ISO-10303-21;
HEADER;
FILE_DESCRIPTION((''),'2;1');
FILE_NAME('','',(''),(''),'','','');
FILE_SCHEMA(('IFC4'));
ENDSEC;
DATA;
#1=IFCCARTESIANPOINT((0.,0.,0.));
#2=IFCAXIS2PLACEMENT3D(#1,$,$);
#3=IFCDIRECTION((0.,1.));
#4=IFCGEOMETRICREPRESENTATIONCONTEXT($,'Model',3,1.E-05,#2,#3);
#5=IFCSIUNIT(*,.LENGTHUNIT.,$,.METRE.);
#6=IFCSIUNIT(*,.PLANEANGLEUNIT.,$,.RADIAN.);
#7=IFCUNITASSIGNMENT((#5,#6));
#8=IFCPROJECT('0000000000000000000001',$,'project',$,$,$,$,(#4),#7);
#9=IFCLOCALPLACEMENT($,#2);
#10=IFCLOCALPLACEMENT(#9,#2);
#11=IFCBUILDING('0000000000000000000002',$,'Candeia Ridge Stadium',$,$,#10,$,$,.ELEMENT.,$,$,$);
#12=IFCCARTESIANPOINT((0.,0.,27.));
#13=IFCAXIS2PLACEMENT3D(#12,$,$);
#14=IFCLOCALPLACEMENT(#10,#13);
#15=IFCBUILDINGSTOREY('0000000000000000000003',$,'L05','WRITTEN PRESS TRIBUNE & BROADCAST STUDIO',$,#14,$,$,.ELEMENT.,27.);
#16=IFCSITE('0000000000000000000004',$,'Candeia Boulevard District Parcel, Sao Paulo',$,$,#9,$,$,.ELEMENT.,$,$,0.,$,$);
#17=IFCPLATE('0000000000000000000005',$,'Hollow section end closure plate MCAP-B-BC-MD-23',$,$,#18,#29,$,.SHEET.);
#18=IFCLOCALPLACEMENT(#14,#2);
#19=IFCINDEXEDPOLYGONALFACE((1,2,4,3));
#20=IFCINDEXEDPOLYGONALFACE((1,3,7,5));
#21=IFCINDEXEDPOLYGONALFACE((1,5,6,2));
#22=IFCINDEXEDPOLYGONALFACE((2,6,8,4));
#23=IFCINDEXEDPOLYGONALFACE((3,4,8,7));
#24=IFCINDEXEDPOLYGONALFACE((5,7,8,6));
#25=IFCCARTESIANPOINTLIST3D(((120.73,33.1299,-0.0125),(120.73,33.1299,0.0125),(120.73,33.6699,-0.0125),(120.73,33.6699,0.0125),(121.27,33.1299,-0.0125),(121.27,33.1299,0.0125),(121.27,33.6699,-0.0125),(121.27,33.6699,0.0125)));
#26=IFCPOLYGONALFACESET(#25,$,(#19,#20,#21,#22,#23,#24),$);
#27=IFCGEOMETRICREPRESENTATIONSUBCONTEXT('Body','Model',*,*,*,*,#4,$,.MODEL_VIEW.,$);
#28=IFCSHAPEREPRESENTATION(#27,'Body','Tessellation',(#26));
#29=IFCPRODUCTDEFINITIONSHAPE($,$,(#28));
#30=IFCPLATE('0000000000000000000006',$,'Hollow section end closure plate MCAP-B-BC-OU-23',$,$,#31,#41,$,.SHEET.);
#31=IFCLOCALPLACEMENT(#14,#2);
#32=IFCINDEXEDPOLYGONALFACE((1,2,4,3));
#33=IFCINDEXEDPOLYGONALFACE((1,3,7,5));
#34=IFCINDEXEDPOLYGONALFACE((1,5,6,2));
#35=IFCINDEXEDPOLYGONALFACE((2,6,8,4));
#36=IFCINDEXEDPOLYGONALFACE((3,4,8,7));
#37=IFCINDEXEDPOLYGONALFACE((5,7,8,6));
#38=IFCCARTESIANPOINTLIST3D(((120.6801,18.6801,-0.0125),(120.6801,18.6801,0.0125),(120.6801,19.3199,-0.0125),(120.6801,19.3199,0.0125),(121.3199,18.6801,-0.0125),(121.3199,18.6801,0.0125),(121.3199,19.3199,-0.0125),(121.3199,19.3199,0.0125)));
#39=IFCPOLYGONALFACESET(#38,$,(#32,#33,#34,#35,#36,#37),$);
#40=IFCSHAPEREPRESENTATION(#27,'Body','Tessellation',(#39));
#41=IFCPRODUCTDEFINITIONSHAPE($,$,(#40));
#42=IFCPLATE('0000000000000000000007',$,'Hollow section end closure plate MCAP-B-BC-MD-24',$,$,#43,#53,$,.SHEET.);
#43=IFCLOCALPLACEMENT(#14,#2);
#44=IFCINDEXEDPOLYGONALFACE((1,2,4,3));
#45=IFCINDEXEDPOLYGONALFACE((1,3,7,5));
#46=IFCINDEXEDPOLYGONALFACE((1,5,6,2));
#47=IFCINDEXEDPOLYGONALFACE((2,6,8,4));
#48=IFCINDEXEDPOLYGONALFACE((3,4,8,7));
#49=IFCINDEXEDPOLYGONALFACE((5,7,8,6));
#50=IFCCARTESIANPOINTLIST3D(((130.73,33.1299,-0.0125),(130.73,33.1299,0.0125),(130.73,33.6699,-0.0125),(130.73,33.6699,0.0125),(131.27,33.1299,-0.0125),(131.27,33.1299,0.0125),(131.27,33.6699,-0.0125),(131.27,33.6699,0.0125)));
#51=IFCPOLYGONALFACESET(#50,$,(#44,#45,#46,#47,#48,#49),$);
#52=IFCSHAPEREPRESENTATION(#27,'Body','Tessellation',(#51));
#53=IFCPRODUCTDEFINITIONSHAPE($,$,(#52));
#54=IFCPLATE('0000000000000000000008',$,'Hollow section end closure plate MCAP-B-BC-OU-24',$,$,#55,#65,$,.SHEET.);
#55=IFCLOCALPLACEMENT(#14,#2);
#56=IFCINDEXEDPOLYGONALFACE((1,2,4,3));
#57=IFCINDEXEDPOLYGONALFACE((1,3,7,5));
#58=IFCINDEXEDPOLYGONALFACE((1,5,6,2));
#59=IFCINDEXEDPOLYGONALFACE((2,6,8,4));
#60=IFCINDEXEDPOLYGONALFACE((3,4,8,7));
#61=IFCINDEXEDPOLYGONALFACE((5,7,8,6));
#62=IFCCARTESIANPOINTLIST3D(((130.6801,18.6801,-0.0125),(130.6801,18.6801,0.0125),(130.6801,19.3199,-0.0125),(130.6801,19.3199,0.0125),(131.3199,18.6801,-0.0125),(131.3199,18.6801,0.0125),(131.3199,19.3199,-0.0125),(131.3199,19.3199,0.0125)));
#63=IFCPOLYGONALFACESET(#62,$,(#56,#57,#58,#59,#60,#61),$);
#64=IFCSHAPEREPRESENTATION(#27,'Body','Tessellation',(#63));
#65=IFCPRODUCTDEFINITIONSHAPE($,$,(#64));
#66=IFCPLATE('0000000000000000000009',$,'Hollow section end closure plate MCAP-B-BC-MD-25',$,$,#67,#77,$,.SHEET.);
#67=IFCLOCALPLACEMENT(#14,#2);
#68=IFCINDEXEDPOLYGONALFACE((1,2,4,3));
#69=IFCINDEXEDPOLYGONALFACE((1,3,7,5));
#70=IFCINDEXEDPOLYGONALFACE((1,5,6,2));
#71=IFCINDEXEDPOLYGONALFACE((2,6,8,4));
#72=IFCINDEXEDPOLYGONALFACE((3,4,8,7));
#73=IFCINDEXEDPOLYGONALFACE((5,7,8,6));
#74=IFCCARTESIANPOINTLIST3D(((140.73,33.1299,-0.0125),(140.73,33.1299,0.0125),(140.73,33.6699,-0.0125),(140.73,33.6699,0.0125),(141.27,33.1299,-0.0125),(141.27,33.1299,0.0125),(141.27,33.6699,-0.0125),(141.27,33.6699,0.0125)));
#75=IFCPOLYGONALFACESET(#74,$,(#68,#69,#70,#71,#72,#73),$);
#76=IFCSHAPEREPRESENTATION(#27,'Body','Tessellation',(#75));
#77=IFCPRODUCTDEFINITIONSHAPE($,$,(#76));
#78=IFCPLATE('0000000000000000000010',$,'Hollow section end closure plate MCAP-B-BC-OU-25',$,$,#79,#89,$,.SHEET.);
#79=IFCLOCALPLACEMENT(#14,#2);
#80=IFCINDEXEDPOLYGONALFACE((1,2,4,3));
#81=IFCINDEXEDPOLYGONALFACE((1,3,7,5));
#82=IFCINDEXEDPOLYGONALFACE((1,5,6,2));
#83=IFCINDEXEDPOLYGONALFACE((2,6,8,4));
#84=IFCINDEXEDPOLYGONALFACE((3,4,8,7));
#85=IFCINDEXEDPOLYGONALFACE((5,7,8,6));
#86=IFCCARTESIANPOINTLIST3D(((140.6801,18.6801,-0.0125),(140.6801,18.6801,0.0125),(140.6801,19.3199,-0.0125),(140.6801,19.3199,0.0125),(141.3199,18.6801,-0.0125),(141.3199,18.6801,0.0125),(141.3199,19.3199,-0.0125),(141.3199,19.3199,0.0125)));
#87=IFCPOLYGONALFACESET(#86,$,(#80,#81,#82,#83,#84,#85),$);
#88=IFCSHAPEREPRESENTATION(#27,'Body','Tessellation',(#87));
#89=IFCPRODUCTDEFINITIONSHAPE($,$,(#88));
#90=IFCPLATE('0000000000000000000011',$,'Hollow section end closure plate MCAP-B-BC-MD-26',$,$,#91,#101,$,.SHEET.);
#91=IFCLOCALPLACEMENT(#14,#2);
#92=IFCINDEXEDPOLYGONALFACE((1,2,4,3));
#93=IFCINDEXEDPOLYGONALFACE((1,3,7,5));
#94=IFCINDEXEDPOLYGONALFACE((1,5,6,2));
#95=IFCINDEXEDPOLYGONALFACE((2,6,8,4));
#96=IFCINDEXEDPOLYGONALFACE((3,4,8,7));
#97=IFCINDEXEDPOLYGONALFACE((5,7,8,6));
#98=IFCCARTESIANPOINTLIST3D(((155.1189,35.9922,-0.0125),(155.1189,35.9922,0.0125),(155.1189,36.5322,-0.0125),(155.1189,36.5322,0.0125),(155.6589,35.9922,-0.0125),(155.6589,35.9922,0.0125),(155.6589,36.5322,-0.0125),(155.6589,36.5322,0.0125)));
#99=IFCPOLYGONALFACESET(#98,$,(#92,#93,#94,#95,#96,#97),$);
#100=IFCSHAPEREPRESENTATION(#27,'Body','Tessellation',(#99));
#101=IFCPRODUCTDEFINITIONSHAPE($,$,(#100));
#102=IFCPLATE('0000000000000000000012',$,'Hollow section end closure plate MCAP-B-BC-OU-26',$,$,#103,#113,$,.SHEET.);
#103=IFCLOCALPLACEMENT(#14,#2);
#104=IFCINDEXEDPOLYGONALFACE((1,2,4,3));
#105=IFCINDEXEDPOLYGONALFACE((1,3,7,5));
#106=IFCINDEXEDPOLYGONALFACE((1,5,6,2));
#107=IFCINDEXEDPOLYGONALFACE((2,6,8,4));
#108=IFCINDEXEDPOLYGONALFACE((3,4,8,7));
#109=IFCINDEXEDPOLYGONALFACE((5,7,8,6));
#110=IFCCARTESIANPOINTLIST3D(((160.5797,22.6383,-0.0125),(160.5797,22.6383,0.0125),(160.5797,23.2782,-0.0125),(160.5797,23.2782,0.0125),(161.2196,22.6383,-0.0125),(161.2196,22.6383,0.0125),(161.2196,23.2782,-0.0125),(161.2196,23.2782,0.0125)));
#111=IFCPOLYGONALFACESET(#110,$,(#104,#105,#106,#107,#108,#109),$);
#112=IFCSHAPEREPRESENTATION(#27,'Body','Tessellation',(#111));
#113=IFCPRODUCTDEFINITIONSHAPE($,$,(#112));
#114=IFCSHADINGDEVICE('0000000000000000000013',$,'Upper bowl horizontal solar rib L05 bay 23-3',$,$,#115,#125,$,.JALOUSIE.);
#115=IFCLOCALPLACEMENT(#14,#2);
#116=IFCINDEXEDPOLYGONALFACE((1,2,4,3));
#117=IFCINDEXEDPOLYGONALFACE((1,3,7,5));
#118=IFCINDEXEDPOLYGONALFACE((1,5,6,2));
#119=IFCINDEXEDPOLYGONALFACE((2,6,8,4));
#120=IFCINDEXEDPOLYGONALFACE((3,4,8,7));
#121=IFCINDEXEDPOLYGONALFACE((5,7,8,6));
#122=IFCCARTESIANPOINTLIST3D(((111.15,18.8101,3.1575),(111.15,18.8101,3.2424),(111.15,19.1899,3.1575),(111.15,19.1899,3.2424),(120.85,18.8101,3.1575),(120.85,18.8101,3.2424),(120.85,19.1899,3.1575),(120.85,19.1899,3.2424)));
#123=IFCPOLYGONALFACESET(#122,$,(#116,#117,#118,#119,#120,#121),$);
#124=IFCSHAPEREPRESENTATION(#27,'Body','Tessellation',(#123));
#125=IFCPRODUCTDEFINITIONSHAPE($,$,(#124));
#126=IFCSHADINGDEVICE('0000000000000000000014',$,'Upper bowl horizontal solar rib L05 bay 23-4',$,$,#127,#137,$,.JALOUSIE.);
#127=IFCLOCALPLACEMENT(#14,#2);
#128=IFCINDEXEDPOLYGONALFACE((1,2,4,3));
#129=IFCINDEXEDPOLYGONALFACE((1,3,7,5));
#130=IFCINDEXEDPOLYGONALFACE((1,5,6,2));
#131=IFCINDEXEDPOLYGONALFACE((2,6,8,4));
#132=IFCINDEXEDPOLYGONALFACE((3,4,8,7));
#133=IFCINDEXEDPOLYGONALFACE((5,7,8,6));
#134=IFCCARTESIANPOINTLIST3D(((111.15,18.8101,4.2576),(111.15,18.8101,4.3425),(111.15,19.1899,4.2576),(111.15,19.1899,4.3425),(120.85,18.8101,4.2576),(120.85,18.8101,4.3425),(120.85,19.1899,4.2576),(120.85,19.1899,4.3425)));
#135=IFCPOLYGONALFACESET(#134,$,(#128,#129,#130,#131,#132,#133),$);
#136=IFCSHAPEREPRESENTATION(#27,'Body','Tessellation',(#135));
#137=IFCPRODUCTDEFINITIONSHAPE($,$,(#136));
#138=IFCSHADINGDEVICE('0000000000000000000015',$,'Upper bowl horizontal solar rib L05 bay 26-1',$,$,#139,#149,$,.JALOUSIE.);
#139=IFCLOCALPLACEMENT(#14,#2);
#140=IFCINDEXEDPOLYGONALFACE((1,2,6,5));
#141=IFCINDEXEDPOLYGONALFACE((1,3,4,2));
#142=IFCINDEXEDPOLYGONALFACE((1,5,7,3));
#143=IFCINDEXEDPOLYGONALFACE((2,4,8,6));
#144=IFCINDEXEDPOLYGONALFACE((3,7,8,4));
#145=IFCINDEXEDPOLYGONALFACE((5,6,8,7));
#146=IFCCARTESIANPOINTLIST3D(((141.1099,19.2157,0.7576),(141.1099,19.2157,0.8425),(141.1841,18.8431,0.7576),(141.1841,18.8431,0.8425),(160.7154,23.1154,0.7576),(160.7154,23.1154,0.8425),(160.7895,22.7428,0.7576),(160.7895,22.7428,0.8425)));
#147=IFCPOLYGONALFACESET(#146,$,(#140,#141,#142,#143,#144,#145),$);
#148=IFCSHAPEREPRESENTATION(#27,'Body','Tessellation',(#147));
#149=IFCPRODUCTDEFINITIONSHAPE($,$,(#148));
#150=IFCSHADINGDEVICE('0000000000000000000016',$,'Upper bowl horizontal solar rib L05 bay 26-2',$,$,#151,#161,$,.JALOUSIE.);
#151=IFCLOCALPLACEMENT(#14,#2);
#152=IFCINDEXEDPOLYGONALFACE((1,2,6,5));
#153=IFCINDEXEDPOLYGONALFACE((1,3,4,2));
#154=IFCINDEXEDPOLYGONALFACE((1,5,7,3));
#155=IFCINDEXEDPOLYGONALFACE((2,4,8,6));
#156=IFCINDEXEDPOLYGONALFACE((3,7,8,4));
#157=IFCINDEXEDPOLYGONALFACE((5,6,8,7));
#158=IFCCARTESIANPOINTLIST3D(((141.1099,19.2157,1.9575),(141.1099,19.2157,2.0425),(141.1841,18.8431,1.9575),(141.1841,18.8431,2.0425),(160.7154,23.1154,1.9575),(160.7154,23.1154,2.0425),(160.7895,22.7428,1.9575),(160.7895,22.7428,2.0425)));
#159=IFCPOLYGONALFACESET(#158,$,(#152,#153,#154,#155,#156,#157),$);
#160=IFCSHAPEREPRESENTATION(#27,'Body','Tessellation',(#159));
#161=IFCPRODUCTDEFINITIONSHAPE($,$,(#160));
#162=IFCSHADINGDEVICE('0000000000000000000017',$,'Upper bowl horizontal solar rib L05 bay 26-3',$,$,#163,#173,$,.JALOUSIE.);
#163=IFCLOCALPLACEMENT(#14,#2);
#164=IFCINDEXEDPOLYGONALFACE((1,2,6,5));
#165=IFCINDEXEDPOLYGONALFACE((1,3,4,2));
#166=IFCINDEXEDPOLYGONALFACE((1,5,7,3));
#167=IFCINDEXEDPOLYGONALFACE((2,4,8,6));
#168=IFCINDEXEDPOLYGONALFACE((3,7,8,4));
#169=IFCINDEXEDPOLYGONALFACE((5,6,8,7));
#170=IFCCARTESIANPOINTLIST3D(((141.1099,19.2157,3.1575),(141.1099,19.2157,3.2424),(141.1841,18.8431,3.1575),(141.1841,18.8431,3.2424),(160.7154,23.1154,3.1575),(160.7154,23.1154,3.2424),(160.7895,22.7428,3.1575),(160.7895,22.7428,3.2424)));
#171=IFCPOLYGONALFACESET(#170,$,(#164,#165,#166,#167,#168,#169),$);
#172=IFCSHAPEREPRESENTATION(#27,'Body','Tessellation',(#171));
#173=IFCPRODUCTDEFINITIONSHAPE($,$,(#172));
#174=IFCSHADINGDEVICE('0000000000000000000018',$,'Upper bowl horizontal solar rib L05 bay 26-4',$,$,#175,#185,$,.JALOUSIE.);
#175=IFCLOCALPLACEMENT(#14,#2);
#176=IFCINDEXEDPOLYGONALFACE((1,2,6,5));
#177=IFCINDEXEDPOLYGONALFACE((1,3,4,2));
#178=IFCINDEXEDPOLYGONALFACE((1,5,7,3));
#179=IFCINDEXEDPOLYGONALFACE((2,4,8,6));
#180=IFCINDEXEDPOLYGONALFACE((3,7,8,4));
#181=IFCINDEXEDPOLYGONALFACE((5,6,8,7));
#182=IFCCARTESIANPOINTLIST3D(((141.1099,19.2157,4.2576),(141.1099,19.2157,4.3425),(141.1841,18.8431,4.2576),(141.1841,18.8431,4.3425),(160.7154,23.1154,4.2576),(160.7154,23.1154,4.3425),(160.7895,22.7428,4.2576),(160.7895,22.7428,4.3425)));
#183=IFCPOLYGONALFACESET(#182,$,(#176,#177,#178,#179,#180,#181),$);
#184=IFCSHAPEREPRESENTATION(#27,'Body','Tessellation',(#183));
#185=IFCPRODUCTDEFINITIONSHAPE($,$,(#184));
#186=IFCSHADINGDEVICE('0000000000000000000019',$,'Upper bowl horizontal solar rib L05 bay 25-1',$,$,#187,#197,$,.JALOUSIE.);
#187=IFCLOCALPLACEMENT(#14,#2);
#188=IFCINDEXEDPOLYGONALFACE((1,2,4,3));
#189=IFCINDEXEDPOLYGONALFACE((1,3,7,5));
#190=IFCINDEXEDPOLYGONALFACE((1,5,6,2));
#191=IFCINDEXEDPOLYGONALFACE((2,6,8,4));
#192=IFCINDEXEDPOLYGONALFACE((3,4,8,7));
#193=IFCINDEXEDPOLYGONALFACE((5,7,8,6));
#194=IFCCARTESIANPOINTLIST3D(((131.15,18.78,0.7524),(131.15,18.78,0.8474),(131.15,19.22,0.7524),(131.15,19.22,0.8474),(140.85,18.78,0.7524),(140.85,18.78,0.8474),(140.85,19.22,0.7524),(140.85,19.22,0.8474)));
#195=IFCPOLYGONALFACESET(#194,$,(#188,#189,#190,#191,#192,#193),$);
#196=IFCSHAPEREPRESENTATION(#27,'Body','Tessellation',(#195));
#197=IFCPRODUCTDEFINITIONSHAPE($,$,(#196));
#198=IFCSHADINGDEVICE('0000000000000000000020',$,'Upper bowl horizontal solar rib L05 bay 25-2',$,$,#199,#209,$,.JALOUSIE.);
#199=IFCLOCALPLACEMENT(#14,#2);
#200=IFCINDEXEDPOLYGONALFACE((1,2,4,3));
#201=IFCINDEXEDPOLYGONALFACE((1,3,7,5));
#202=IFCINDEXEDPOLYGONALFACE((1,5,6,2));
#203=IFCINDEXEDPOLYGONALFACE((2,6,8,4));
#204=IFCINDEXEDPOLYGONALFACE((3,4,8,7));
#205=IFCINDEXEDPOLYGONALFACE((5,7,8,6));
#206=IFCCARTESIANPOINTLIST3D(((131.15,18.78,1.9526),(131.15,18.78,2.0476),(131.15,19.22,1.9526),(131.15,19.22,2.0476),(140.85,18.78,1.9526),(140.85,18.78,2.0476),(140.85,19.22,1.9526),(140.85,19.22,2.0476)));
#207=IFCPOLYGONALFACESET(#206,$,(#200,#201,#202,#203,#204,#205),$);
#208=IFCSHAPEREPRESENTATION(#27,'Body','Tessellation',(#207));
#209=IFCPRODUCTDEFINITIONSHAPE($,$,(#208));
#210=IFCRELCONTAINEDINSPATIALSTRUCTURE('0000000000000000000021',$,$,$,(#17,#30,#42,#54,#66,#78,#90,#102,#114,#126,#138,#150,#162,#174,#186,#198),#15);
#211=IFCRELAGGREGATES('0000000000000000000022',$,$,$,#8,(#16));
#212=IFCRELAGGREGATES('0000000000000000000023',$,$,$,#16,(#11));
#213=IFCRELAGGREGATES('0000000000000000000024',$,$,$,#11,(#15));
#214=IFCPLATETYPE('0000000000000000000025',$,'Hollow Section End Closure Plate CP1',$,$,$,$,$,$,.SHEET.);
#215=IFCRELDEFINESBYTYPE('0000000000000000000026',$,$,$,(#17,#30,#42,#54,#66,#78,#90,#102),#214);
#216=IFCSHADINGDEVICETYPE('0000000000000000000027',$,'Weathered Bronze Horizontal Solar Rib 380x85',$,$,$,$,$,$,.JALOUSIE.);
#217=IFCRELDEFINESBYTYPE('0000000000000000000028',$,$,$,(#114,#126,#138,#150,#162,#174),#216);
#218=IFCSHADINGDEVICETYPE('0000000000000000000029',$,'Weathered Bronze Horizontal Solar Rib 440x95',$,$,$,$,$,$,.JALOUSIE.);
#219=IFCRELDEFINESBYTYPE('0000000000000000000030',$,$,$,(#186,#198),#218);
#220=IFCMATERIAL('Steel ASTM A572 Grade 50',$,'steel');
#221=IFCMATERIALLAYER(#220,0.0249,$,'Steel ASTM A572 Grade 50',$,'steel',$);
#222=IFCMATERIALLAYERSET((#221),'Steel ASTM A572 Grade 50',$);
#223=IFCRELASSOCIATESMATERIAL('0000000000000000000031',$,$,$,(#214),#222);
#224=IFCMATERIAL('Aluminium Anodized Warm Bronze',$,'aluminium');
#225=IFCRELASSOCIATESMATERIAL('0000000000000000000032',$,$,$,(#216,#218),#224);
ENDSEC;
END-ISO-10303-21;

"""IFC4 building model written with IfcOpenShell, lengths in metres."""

from ifc_helpers import new_model, si_unit, direction, frame, origin, origin_2d, place, context, subcontext, project, spatial, rectangle, extrude, material, layer, layer_set, type_object, element, save


model = new_model("IFC4")

# Units and contexts
model_context = context("Model", 3, precision=1e-05, world=origin(), true_north=direction((0.0, 1.0)))
body_context = subcontext(model_context, "Body", "Model", "MODEL_VIEW")
ifc_project = project(units=[si_unit("LENGTHUNIT", "METRE"), si_unit("PLANEANGLEUNIT", "RADIAN")], contexts=[model_context])

# Site, building, storey
site_placement = place(None, origin())
site = spatial("IfcSite", under=ifc_project, at=site_placement, Name="Candeia Boulevard District Parcel, Sao Paulo", CompositionType="ELEMENT", RefElevation=0.0)
building_placement = place(site_placement, origin())
building = spatial("IfcBuilding", under=site, at=building_placement, Name="Candeia Ridge Stadium", CompositionType="ELEMENT")
storey_placement = place(building_placement, frame((0.0, 0.0, 27.0)))
storey = spatial("IfcBuildingStorey", under=building, at=storey_placement, Name="L05", Description="WRITTEN PRESS TRIBUNE & BROADCAST STUDIO", CompositionType="ELEMENT", Elevation=27.0)

# Shared definitions
ifc_material_1 = material(Name="Steel ASTM A572 Grade 50", Category="steel")

# Plates
ifc_layer = layer(ifc_material_1, 0.0249, Name="Steel ASTM A572 Grade 50", Category="steel")
ifc_layer_set = layer_set([ifc_layer], Name="Steel ASTM A572 Grade 50")
plate_type = type_object("IfcPlateType", Name="Hollow Section End Closure Plate CP1", PredefinedType="SHEET", material=ifc_layer_set)
plate_1_placement = place(storey_placement, frame((121.0, 33.3999, -0.0125), z_axis=(0.0, 0.0, 1.0), x_axis=(1.0, 0.0, 0.0)))
element("IfcPlate", 1, at=plate_1_placement, inside=storey, type_object=plate_type, Name="Hollow section end closure plate MCAP-B-BC-MD-23", PredefinedType="SHEET", context=body_context, shape_type="SweptSolid", body=[
    extrude(rectangle(XDim=0.54, YDim=0.54, at=origin_2d()), origin(), (0.0, 0.0, 1.0), 0.0249),
])
plate_2_placement = place(storey_placement, frame((121.0, 19.0, -0.0125), z_axis=(0.0, 0.0, 1.0), x_axis=(1.0, 0.0, 0.0)))
element("IfcPlate", 2, at=plate_2_placement, inside=storey, type_object=plate_type, Name="Hollow section end closure plate MCAP-B-BC-OU-23", PredefinedType="SHEET", context=body_context, shape_type="SweptSolid", body=[
    extrude(rectangle(XDim=0.6399, YDim=0.6399, at=origin_2d()), origin(), (0.0, 0.0, 1.0), 0.0249),
])
plate_3_placement = place(storey_placement, frame((131.0, 33.3999, -0.0125), z_axis=(0.0, 0.0, 1.0), x_axis=(1.0, 0.0, 0.0)))
element("IfcPlate", 3, at=plate_3_placement, inside=storey, type_object=plate_type, Name="Hollow section end closure plate MCAP-B-BC-MD-24", PredefinedType="SHEET", context=body_context, shape_type="SweptSolid", body=[
    extrude(rectangle(XDim=0.54, YDim=0.54, at=origin_2d()), origin(), (0.0, 0.0, 1.0), 0.0249),
])
plate_4_placement = place(storey_placement, frame((131.0, 19.0, -0.0125), z_axis=(0.0, 0.0, 1.0), x_axis=(1.0, 0.0, 0.0)))
element("IfcPlate", 4, at=plate_4_placement, inside=storey, type_object=plate_type, Name="Hollow section end closure plate MCAP-B-BC-OU-24", PredefinedType="SHEET", context=body_context, shape_type="SweptSolid", body=[
    extrude(rectangle(XDim=0.6399, YDim=0.6399, at=origin_2d()), origin(), (0.0, 0.0, 1.0), 0.0249),
])
plate_5_placement = place(storey_placement, frame((141.0, 33.3999, -0.0125), z_axis=(0.0, 0.0, 1.0), x_axis=(1.0, 0.0, 0.0)))
element("IfcPlate", 5, at=plate_5_placement, inside=storey, type_object=plate_type, Name="Hollow section end closure plate MCAP-B-BC-MD-25", PredefinedType="SHEET", context=body_context, shape_type="SweptSolid", body=[
    extrude(rectangle(XDim=0.54, YDim=0.54, at=origin_2d()), origin(), (0.0, 0.0, 1.0), 0.0249),
])
plate_6_placement = place(storey_placement, frame((141.0, 19.0, -0.0125), z_axis=(0.0, 0.0, 1.0), x_axis=(1.0, 0.0, 0.0)))
element("IfcPlate", 6, at=plate_6_placement, inside=storey, type_object=plate_type, Name="Hollow section end closure plate MCAP-B-BC-OU-25", PredefinedType="SHEET", context=body_context, shape_type="SweptSolid", body=[
    extrude(rectangle(XDim=0.6399, YDim=0.6399, at=origin_2d()), origin(), (0.0, 0.0, 1.0), 0.0249),
])
plate_7_placement = place(storey_placement, frame((155.3889, 36.2622, -0.0125), z_axis=(0.0, 0.0, 1.0), x_axis=(1.0, 0.0, 0.0)))
element("IfcPlate", 7, at=plate_7_placement, inside=storey, type_object=plate_type, Name="Hollow section end closure plate MCAP-B-BC-MD-26", PredefinedType="SHEET", context=body_context, shape_type="SweptSolid", body=[
    extrude(rectangle(XDim=0.54, YDim=0.54, at=origin_2d()), origin(), (0.0, 0.0, 1.0), 0.0249),
])
plate_8_placement = place(storey_placement, frame((160.8997, 22.9583, -0.0125), z_axis=(0.0, 0.0, 1.0), x_axis=(1.0, 0.0, 0.0)))
element("IfcPlate", 8, at=plate_8_placement, inside=storey, type_object=plate_type, Name="Hollow section end closure plate MCAP-B-BC-OU-26", PredefinedType="SHEET", context=body_context, shape_type="SweptSolid", body=[
    extrude(rectangle(XDim=0.6399, YDim=0.6399, at=origin_2d()), origin(), (0.0, 0.0, 1.0), 0.0249),
])

# Shading devices
ifc_material_2 = material(Name="Aluminium Anodized Warm Bronze", Category="aluminium")
shading_device_type_1 = type_object("IfcShadingDeviceType", Name="Weathered Bronze Horizontal Solar Rib 380x85", PredefinedType="JALOUSIE", material=ifc_material_2)
for number, where, z_axis, x_axis, name in (
    (9, (116.0, 19.0, 3.1575), (0.0, 0.0, 1.0), (1.0, 0.0, 0.0), "Upper bowl horizontal solar rib L05 bay 23-3"),
    (10, (116.0, 19.0, 4.2576), (0.0, 0.0, 1.0), (1.0, 0.0, 0.0), "Upper bowl horizontal solar rib L05 bay 23-4"),
):
    element("IfcShadingDevice", number, at=place(storey_placement, frame(where, z_axis=z_axis, x_axis=x_axis)), inside=storey, type_object=shading_device_type_1, Name=name, PredefinedType="JALOUSIE", context=body_context, shape_type="SweptSolid", body=[
        extrude(rectangle(XDim=9.7, YDim=0.3799, at=origin_2d()), origin(), (0.0, 0.0, 1.0), 0.085),
    ])
for number, where, z_axis, x_axis, name in (
    (11, (150.9497, 20.9792, 0.7576), (0.0, 0.0, 1.0), (0.980785, 0.19509, 0.0), "Upper bowl horizontal solar rib L05 bay 26-1"),
    (12, (150.9497, 20.9792, 1.9575), (0.0, 0.0, 1.0), (0.980785, 0.19509, 0.0), "Upper bowl horizontal solar rib L05 bay 26-2"),
    (13, (150.9497, 20.9792, 3.1575), (0.0, 0.0, 1.0), (0.980785, 0.19509, 0.0), "Upper bowl horizontal solar rib L05 bay 26-3"),
    (14, (150.9497, 20.9792, 4.2576), (0.0, 0.0, 1.0), (0.980785, 0.19509, 0.0), "Upper bowl horizontal solar rib L05 bay 26-4"),
):
    element("IfcShadingDevice", number, at=place(storey_placement, frame(where, z_axis=z_axis, x_axis=x_axis)), inside=storey, type_object=shading_device_type_1, Name=name, PredefinedType="JALOUSIE", context=body_context, shape_type="SweptSolid", body=[
        extrude(rectangle(XDim=19.9895, YDim=0.3799, at=origin_2d()), origin(), (0.0, 0.0, 1.0), 0.085),
    ])
shading_device_type_2 = type_object("IfcShadingDeviceType", Name="Weathered Bronze Horizontal Solar Rib 440x95", PredefinedType="JALOUSIE", material=ifc_material_2)
for number, where, z_axis, x_axis, name in (
    (15, (136.0, 19.0, 0.7524), (0.0, 0.0, 1.0), (1.0, 0.0, 0.0), "Upper bowl horizontal solar rib L05 bay 25-1"),
    (16, (136.0, 19.0, 1.9526), (0.0, 0.0, 1.0), (1.0, 0.0, 0.0), "Upper bowl horizontal solar rib L05 bay 25-2"),
):
    element("IfcShadingDevice", number, at=place(storey_placement, frame(where, z_axis=z_axis, x_axis=x_axis)), inside=storey, type_object=shading_device_type_2, Name=name, PredefinedType="JALOUSIE", context=body_context, shape_type="SweptSolid", body=[
        extrude(rectangle(XDim=9.7, YDim=0.4399, at=origin_2d()), origin(), (0.0, 0.0, 1.0), 0.095),
    ])

save(model, "model.ifc")
